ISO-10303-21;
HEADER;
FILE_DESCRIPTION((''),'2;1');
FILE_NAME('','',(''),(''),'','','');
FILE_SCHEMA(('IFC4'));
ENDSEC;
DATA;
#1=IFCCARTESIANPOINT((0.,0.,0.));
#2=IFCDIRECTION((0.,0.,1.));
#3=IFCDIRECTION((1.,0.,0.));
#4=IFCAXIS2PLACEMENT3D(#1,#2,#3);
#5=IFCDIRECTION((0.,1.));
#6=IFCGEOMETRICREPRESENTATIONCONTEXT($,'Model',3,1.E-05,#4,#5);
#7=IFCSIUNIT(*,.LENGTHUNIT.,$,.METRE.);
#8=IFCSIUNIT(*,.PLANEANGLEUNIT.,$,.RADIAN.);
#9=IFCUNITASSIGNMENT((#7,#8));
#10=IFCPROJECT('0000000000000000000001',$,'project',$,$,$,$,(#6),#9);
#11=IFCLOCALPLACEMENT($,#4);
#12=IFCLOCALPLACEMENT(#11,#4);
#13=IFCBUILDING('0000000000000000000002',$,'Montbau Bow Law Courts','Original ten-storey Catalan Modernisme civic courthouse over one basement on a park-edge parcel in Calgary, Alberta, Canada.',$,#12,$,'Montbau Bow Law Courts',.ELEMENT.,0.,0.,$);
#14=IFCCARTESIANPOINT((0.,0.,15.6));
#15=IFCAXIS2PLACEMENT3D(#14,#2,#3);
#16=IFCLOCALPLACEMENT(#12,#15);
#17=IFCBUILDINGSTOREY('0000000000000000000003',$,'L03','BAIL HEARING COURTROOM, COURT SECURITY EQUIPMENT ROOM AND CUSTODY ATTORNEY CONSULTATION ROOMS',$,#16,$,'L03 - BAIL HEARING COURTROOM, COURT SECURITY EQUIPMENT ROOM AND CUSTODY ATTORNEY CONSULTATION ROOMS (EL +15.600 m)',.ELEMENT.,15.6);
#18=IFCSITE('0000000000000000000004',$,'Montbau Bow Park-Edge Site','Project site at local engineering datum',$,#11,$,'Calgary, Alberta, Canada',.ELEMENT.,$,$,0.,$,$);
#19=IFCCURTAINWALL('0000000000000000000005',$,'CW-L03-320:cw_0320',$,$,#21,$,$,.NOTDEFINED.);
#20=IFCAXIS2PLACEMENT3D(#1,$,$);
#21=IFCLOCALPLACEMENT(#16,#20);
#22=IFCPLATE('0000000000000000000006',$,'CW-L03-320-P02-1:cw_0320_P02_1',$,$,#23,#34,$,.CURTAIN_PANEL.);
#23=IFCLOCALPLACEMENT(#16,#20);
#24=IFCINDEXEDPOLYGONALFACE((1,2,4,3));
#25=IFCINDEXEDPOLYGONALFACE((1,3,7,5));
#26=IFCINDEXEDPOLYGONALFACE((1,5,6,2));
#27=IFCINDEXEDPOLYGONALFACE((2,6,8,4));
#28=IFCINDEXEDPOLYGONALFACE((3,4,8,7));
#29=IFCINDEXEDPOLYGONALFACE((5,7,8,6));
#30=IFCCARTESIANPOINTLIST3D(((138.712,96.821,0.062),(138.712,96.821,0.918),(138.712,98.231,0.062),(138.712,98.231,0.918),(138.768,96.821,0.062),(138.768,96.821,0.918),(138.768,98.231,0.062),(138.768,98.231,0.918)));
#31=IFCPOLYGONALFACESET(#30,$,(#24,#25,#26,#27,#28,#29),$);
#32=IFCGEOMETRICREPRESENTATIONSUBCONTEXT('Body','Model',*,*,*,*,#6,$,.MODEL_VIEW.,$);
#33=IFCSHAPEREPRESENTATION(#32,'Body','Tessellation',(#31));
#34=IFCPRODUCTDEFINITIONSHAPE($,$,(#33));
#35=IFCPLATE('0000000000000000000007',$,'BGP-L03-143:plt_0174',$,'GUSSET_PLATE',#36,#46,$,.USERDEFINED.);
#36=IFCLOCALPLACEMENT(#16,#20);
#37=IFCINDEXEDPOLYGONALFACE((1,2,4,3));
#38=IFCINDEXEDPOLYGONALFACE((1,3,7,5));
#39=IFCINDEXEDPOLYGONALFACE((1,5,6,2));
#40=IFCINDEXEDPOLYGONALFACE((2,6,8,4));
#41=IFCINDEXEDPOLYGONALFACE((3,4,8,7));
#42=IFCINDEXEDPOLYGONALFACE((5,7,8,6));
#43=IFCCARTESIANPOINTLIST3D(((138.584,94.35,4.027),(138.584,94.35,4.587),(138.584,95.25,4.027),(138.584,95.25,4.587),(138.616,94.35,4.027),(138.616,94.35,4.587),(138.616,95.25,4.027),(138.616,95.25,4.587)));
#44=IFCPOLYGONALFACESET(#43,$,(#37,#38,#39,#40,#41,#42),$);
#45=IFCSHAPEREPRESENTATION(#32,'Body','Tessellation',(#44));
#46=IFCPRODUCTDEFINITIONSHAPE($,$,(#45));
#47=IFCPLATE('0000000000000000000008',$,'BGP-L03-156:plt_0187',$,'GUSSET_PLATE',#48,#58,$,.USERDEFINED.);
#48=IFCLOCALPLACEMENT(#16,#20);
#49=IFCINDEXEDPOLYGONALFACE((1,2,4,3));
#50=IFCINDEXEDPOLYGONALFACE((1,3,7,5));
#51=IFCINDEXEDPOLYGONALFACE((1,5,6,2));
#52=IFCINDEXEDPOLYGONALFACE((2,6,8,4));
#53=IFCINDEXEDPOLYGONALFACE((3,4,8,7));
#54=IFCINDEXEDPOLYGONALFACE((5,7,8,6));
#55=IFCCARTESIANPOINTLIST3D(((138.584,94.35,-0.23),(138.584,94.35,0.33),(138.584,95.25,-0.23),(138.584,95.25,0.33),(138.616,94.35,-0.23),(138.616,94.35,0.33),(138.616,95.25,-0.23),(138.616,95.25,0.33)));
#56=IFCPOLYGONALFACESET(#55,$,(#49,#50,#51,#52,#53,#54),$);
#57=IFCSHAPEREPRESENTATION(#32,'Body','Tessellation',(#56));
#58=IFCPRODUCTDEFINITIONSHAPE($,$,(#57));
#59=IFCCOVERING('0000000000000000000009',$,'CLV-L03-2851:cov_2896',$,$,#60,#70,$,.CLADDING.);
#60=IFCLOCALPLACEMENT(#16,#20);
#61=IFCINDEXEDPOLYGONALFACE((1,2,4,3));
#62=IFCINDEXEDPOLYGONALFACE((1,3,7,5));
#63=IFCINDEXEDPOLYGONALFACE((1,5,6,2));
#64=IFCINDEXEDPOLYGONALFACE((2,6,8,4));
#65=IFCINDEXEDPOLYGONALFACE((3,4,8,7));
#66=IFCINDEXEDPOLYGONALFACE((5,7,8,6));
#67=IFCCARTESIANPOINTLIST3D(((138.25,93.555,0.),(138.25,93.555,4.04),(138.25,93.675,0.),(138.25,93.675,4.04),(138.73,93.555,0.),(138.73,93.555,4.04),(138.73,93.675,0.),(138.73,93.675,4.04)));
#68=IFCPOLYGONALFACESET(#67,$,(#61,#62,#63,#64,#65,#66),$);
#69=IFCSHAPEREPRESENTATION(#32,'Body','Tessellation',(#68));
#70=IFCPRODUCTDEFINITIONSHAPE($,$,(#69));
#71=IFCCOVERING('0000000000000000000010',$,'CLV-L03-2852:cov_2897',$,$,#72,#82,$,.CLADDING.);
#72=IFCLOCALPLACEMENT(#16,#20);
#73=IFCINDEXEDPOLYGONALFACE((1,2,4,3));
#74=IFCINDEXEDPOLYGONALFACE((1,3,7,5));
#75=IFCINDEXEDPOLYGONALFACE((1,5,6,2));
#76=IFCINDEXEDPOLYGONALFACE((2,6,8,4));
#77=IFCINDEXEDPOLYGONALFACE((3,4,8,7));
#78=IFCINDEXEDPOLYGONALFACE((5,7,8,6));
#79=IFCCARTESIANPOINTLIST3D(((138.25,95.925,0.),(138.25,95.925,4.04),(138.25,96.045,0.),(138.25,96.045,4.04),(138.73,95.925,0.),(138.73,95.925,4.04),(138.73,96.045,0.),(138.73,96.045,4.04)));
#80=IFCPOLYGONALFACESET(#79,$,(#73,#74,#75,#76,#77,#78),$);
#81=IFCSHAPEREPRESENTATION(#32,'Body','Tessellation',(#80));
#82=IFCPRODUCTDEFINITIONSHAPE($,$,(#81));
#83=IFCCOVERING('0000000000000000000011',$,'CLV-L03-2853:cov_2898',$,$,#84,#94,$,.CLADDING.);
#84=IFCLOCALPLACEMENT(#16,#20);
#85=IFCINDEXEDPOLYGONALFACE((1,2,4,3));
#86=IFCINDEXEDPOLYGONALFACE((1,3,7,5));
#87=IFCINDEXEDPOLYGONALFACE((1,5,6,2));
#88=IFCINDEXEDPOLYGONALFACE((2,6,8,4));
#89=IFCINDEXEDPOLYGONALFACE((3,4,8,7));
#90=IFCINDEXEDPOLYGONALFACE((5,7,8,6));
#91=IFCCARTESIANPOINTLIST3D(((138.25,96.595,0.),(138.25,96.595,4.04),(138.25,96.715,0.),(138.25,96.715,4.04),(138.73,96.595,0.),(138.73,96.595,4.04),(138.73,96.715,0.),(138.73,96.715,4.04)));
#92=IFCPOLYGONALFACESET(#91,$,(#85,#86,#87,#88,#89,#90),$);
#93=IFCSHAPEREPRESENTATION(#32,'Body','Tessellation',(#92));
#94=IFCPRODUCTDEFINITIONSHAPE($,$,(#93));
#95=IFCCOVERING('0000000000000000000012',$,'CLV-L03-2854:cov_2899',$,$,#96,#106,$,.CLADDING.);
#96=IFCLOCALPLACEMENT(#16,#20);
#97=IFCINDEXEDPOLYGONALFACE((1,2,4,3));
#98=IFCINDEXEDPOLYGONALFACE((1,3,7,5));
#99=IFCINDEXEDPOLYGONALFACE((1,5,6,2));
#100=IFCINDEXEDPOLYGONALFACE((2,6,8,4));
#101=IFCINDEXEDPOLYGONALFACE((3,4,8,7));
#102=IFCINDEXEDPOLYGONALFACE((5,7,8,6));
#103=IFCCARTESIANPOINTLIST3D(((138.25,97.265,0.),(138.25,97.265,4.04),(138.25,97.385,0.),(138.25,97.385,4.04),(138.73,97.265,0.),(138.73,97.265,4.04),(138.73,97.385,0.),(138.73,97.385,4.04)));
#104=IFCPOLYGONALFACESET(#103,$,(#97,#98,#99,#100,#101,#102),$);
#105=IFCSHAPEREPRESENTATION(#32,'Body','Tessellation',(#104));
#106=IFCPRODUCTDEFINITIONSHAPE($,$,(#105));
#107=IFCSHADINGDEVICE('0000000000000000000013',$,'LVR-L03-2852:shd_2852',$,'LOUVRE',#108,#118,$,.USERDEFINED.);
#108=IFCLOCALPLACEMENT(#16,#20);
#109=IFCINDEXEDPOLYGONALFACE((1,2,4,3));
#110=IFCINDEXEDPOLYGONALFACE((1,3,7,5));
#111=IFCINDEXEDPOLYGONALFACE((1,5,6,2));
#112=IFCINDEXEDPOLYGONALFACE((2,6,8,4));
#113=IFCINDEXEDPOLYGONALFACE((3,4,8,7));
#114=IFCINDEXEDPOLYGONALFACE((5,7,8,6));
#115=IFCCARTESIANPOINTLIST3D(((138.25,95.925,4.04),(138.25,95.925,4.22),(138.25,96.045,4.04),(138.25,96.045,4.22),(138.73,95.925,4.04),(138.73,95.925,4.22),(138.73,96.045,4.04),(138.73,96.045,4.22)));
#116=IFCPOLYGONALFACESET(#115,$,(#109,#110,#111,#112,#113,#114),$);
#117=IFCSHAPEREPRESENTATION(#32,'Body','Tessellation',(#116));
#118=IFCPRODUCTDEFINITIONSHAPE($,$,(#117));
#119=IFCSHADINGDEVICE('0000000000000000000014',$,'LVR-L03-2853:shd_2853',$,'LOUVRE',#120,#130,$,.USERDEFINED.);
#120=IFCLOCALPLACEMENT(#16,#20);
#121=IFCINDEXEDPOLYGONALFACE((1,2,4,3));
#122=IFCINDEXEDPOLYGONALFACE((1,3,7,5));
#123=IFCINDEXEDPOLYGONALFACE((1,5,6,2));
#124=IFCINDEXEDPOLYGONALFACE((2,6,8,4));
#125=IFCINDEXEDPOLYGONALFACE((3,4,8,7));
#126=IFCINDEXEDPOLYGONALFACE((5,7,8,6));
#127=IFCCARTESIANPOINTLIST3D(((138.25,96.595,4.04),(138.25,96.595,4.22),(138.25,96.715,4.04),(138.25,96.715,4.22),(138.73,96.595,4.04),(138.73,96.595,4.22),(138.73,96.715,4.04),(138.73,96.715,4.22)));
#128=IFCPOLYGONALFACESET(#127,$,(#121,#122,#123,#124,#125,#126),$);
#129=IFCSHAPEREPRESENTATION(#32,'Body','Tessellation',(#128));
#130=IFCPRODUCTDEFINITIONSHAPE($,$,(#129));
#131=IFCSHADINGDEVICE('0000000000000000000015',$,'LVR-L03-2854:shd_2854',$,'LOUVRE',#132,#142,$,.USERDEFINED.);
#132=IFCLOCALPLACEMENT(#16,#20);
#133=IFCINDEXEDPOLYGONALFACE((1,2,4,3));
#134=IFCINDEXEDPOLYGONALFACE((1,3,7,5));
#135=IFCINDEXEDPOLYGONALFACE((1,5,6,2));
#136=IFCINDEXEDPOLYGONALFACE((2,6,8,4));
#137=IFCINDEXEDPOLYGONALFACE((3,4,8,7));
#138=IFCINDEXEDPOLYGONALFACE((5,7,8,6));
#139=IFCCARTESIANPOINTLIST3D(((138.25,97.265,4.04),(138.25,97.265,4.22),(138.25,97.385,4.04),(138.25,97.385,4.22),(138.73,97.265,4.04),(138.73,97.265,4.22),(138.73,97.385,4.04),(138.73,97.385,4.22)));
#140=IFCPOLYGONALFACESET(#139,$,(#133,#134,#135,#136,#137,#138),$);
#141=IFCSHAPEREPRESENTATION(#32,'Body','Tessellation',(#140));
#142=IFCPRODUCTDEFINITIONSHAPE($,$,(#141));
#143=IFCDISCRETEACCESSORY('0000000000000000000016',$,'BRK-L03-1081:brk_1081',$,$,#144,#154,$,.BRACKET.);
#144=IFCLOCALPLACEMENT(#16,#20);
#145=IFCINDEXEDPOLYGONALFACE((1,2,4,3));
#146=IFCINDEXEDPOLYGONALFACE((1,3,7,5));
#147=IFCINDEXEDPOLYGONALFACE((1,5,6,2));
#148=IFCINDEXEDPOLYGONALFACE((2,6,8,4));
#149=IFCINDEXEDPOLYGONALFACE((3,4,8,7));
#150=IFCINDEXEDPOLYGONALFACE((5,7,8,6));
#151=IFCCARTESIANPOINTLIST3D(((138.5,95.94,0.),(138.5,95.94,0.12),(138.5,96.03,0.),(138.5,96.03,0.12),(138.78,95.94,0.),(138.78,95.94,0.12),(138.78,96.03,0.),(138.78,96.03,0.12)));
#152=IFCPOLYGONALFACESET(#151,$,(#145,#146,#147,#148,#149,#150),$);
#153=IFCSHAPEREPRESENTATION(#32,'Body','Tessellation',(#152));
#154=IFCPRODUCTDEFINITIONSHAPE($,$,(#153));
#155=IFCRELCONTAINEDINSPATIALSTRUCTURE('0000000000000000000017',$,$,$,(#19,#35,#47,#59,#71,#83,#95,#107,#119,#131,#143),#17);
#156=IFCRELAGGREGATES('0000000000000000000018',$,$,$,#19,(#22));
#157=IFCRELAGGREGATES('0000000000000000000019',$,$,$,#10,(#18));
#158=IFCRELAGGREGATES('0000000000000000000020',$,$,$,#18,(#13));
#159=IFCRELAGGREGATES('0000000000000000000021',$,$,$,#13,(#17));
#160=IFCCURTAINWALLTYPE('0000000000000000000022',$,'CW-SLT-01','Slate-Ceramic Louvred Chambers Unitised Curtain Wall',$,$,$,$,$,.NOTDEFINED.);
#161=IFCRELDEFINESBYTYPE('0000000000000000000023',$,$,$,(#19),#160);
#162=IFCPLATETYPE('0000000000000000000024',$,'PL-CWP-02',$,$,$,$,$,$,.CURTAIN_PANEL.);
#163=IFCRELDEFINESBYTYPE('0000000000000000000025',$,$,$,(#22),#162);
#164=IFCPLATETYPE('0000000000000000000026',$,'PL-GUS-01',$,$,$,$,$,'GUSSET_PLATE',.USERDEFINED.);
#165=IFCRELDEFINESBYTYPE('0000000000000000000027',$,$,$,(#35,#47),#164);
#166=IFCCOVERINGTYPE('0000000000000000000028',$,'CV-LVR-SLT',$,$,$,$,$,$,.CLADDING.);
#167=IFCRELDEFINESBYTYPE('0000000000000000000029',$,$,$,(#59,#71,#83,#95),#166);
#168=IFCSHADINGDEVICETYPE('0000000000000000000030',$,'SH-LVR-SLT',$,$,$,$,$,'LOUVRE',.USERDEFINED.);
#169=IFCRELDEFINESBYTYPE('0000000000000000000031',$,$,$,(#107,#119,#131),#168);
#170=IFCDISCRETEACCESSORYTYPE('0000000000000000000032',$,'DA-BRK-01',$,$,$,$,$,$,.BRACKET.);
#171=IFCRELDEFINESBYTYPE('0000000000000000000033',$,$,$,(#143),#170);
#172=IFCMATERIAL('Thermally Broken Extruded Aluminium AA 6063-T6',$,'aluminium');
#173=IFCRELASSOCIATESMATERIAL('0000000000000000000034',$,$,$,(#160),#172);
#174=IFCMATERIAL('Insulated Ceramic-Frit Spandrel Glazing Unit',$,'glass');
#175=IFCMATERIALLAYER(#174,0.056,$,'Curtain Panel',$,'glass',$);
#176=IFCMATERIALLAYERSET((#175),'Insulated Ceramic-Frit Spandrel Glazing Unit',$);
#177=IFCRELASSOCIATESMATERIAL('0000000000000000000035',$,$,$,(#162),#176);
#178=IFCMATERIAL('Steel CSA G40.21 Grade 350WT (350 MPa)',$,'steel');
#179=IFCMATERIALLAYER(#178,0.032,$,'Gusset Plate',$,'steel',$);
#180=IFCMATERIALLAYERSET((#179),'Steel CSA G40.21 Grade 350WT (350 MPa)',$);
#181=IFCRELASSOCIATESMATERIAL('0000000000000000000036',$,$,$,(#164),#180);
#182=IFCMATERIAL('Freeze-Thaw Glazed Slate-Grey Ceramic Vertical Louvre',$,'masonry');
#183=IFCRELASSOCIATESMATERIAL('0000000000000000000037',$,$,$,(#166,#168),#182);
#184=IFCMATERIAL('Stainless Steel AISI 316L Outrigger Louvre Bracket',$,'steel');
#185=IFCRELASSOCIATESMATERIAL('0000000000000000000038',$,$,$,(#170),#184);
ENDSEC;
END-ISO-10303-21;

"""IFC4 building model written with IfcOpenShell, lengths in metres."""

from ifc_helpers import new_model, si_unit, direction, frame, frame_2d, origin_with_axes, origin_2d_with_axis, place, context, subcontext, project, spatial, rectangle, extrude, material, layer, layer_set, type_object, element, aggregate, save


model = new_model("IFC4")

# Units and contexts
model_context = context("Model", 3, precision=1e-05, world=origin_with_axes(), true_north=direction((0.0, 1.0)))
body_context = subcontext(model_context, "Body", "Model", "MODEL_VIEW")
ifc_project = project(units=[si_unit("LENGTHUNIT", "METRE"), si_unit("PLANEANGLEUNIT", "RADIAN")], contexts=[model_context])

# Site, building, storey
site_placement = place(None, origin_with_axes())
site = spatial("IfcSite", under=ifc_project, at=site_placement, Name="Montbau Bow Park-Edge Site", Description="Project site at local engineering datum", LongName="Calgary, Alberta, Canada", CompositionType="ELEMENT", RefElevation=0.0)
building_placement = place(site_placement, origin_with_axes())
building = spatial("IfcBuilding", under=site, at=building_placement, Name="Montbau Bow Law Courts", Description="Original ten-storey Catalan Modernisme civic courthouse over one basement on a park-edge parcel in Calgary, Alberta, Canada.", LongName="Montbau Bow Law Courts", CompositionType="ELEMENT", ElevationOfRefHeight=0.0, ElevationOfTerrain=0.0)
storey_placement = place(building_placement, frame((0.0, 0.0, 15.6), z_axis=(0.0, 0.0, 1.0), x_axis=(1.0, 0.0, 0.0)))
storey = spatial("IfcBuildingStorey", under=building, at=storey_placement, Name="L03", Description="BAIL HEARING COURTROOM, COURT SECURITY EQUIPMENT ROOM AND CUSTODY ATTORNEY CONSULTATION ROOMS", LongName="L03 - BAIL HEARING COURTROOM, COURT SECURITY EQUIPMENT ROOM AND CUSTODY ATTORNEY CONSULTATION ROOMS (EL +15.600 m)", CompositionType="ELEMENT", Elevation=15.6)

# Shared definitions
ifc_material_1 = material(Name="Steel CSA G40.21 Grade 350WT (350 MPa)", Category="steel")

# Shared definitions
ifc_material_2 = material(Name="Thermally Broken Extruded Aluminium AA 6063-T6", Category="aluminium")
curtain_wall_type = type_object("IfcCurtainWallType", Name="CW-SLT-01", Description="Slate-Ceramic Louvred Chambers Unitised Curtain Wall", PredefinedType="NOTDEFINED", material=ifc_material_2)

# Curtain wall, plate
curtain_wall_1_placement = place(None, frame((138.74, 95.315, 15.6), z_axis=(0.0, 0.0, 1.0), x_axis=(1.0, 0.0, 0.0)))
curtain_wall_1 = element("IfcCurtainWall", 1, at=curtain_wall_1_placement, inside=storey, type_object=curtain_wall_type, Name="CW-L03-320:cw_0320", PredefinedType="NOTDEFINED")
ifc_material_3 = material(Name="Insulated Ceramic-Frit Spandrel Glazing Unit", Category="glass")
ifc_layer_1 = layer(ifc_material_3, 0.056, Name="Curtain Panel", Category="glass")
ifc_layer_set_1 = layer_set([ifc_layer_1], Name="Insulated Ceramic-Frit Spandrel Glazing Unit")
plate_type_1 = type_object("IfcPlateType", Name="PL-CWP-02", PredefinedType="CURTAIN_PANEL", material=ifc_layer_set_1)
plate_1_placement = place(None, frame((138.74, 96.821, 15.662), z_axis=(1.0, 0.0, 0.0), x_axis=(0.0, 1.0, 0.0)))
plate_1 = element("IfcPlate", 2, at=plate_1_placement, type_object=plate_type_1, Name="CW-L03-320-P02-1:cw_0320_P02_1", PredefinedType="CURTAIN_PANEL", context=body_context, shape_type="SweptSolid", body=[
    extrude(rectangle(XDim=1.41, YDim=0.856, at=frame_2d((0.705, 0.428), x_axis=(1.0, 0.0))), frame((0.0, 0.0, -0.028), z_axis=(0.0, 0.0, 1.0), x_axis=(1.0, 0.0, 0.0)), (0.0, 0.0, 1.0), 0.056),
])
aggregate(curtain_wall_1, [plate_1])

# Plates
ifc_layer_2 = layer(ifc_material_1, 0.032, Name="Gusset Plate", Category="steel")
ifc_layer_set_2 = layer_set([ifc_layer_2], Name="Steel CSA G40.21 Grade 350WT (350 MPa)")
plate_type_2 = type_object("IfcPlateType", Name="PL-GUS-01", ElementType="GUSSET_PLATE", PredefinedType="USERDEFINED", material=ifc_layer_set_2)
for number, where, z_axis, x_axis, name in (
    (3, (138.6, 94.8, 19.627), (0.0, 0.0, 1.0), (0.0, 1.0, 0.0), "BGP-L03-143:plt_0174"),
    (4, (138.6, 94.8, 15.37), (0.0, 0.0, 1.0), (0.0, 1.0, 0.0), "BGP-L03-156:plt_0187"),
):
    element("IfcPlate", number, at=place(None, frame(where, z_axis=z_axis, x_axis=x_axis)), inside=storey, type_object=plate_type_2, Name=name, ObjectType="GUSSET_PLATE", PredefinedType="USERDEFINED", context=body_context, shape_type="SweptSolid", body=[
        extrude(rectangle(XDim=0.9, YDim=0.032, at=origin_2d_with_axis()), origin_with_axes(), (0.0, 0.0, 1.0), 0.56),
    ])

# Coverings
ifc_material_4 = material(Name="Freeze-Thaw Glazed Slate-Grey Ceramic Vertical Louvre", Category="masonry")
covering_type = type_object("IfcCoveringType", Name="CV-LVR-SLT", PredefinedType="CLADDING", material=ifc_material_4)
for number, where, z_axis, x_axis, name in (
    (5, (138.73, 93.615, 15.6), (0.0, 1.0, 0.0), (-1.0, 0.0, 0.0), "CLV-L03-2851:cov_2896"),
    (6, (138.73, 95.985, 15.6), (0.0, 1.0, 0.0), (-1.0, 0.0, 0.0), "CLV-L03-2852:cov_2897"),
    (7, (138.73, 96.655, 15.6), (0.0, 1.0, 0.0), (-1.0, 0.0, 0.0), "CLV-L03-2853:cov_2898"),
    (8, (138.73, 97.325, 15.6), (0.0, 1.0, 0.0), (-1.0, 0.0, 0.0), "CLV-L03-2854:cov_2899"),
):
    element("IfcCovering", number, at=place(None, frame(where, z_axis=z_axis, x_axis=x_axis)), inside=storey, type_object=covering_type, Name=name, PredefinedType="CLADDING", context=body_context, shape_type="SweptSolid", body=[
        extrude(rectangle(XDim=0.48, YDim=4.04, at=frame_2d((0.24, 2.02), x_axis=(1.0, 0.0))), frame((0.0, 0.0, -0.06), z_axis=(0.0, 0.0, 1.0), x_axis=(1.0, 0.0, 0.0)), (0.0, 0.0, 1.0), 0.12),
    ])

# Shading devices
shading_device_type = type_object("IfcShadingDeviceType", Name="SH-LVR-SLT", ElementType="LOUVRE", PredefinedType="USERDEFINED", material=ifc_material_4)
for number, where, z_axis, x_axis, name in (
    (9, (138.49, 95.985, 19.64), (0.0, 0.0, 1.0), (-1.0, 0.0, 0.0), "LVR-L03-2852:shd_2852"),
    (10, (138.49, 96.655, 19.64), (0.0, 0.0, 1.0), (-1.0, 0.0, 0.0), "LVR-L03-2853:shd_2853"),
    (11, (138.49, 97.325, 19.64), (0.0, 0.0, 1.0), (-1.0, 0.0, 0.0), "LVR-L03-2854:shd_2854"),
):
    element("IfcShadingDevice", number, at=place(None, frame(where, z_axis=z_axis, x_axis=x_axis)), inside=storey, type_object=shading_device_type, Name=name, ObjectType="LOUVRE", PredefinedType="USERDEFINED", context=body_context, shape_type="SweptSolid", body=[
        extrude(rectangle(XDim=0.48, YDim=0.12, at=origin_2d_with_axis()), origin_with_axes(), (0.0, 0.0, 1.0), 0.18),
    ])

# Discrete accessory
ifc_material_5 = material(Name="Stainless Steel AISI 316L Outrigger Louvre Bracket", Category="steel")
discrete_accessory_type = type_object("IfcDiscreteAccessoryType", Name="DA-BRK-01", PredefinedType="BRACKET", material=ifc_material_5)
discrete_accessory_placement = place(None, frame((138.64, 95.985, 15.6), z_axis=(0.0, 0.0, 1.0), x_axis=(-1.0, 0.0, 0.0)))
element("IfcDiscreteAccessory", 12, at=discrete_accessory_placement, inside=storey, type_object=discrete_accessory_type, Name="BRK-L03-1081:brk_1081", PredefinedType="BRACKET", context=body_context, shape_type="SweptSolid", body=[
    extrude(rectangle(XDim=0.28, YDim=0.09, at=origin_2d_with_axis()), origin_with_axes(), (0.0, 0.0, 1.0), 0.12),
])

save(model, "model.ifc")
